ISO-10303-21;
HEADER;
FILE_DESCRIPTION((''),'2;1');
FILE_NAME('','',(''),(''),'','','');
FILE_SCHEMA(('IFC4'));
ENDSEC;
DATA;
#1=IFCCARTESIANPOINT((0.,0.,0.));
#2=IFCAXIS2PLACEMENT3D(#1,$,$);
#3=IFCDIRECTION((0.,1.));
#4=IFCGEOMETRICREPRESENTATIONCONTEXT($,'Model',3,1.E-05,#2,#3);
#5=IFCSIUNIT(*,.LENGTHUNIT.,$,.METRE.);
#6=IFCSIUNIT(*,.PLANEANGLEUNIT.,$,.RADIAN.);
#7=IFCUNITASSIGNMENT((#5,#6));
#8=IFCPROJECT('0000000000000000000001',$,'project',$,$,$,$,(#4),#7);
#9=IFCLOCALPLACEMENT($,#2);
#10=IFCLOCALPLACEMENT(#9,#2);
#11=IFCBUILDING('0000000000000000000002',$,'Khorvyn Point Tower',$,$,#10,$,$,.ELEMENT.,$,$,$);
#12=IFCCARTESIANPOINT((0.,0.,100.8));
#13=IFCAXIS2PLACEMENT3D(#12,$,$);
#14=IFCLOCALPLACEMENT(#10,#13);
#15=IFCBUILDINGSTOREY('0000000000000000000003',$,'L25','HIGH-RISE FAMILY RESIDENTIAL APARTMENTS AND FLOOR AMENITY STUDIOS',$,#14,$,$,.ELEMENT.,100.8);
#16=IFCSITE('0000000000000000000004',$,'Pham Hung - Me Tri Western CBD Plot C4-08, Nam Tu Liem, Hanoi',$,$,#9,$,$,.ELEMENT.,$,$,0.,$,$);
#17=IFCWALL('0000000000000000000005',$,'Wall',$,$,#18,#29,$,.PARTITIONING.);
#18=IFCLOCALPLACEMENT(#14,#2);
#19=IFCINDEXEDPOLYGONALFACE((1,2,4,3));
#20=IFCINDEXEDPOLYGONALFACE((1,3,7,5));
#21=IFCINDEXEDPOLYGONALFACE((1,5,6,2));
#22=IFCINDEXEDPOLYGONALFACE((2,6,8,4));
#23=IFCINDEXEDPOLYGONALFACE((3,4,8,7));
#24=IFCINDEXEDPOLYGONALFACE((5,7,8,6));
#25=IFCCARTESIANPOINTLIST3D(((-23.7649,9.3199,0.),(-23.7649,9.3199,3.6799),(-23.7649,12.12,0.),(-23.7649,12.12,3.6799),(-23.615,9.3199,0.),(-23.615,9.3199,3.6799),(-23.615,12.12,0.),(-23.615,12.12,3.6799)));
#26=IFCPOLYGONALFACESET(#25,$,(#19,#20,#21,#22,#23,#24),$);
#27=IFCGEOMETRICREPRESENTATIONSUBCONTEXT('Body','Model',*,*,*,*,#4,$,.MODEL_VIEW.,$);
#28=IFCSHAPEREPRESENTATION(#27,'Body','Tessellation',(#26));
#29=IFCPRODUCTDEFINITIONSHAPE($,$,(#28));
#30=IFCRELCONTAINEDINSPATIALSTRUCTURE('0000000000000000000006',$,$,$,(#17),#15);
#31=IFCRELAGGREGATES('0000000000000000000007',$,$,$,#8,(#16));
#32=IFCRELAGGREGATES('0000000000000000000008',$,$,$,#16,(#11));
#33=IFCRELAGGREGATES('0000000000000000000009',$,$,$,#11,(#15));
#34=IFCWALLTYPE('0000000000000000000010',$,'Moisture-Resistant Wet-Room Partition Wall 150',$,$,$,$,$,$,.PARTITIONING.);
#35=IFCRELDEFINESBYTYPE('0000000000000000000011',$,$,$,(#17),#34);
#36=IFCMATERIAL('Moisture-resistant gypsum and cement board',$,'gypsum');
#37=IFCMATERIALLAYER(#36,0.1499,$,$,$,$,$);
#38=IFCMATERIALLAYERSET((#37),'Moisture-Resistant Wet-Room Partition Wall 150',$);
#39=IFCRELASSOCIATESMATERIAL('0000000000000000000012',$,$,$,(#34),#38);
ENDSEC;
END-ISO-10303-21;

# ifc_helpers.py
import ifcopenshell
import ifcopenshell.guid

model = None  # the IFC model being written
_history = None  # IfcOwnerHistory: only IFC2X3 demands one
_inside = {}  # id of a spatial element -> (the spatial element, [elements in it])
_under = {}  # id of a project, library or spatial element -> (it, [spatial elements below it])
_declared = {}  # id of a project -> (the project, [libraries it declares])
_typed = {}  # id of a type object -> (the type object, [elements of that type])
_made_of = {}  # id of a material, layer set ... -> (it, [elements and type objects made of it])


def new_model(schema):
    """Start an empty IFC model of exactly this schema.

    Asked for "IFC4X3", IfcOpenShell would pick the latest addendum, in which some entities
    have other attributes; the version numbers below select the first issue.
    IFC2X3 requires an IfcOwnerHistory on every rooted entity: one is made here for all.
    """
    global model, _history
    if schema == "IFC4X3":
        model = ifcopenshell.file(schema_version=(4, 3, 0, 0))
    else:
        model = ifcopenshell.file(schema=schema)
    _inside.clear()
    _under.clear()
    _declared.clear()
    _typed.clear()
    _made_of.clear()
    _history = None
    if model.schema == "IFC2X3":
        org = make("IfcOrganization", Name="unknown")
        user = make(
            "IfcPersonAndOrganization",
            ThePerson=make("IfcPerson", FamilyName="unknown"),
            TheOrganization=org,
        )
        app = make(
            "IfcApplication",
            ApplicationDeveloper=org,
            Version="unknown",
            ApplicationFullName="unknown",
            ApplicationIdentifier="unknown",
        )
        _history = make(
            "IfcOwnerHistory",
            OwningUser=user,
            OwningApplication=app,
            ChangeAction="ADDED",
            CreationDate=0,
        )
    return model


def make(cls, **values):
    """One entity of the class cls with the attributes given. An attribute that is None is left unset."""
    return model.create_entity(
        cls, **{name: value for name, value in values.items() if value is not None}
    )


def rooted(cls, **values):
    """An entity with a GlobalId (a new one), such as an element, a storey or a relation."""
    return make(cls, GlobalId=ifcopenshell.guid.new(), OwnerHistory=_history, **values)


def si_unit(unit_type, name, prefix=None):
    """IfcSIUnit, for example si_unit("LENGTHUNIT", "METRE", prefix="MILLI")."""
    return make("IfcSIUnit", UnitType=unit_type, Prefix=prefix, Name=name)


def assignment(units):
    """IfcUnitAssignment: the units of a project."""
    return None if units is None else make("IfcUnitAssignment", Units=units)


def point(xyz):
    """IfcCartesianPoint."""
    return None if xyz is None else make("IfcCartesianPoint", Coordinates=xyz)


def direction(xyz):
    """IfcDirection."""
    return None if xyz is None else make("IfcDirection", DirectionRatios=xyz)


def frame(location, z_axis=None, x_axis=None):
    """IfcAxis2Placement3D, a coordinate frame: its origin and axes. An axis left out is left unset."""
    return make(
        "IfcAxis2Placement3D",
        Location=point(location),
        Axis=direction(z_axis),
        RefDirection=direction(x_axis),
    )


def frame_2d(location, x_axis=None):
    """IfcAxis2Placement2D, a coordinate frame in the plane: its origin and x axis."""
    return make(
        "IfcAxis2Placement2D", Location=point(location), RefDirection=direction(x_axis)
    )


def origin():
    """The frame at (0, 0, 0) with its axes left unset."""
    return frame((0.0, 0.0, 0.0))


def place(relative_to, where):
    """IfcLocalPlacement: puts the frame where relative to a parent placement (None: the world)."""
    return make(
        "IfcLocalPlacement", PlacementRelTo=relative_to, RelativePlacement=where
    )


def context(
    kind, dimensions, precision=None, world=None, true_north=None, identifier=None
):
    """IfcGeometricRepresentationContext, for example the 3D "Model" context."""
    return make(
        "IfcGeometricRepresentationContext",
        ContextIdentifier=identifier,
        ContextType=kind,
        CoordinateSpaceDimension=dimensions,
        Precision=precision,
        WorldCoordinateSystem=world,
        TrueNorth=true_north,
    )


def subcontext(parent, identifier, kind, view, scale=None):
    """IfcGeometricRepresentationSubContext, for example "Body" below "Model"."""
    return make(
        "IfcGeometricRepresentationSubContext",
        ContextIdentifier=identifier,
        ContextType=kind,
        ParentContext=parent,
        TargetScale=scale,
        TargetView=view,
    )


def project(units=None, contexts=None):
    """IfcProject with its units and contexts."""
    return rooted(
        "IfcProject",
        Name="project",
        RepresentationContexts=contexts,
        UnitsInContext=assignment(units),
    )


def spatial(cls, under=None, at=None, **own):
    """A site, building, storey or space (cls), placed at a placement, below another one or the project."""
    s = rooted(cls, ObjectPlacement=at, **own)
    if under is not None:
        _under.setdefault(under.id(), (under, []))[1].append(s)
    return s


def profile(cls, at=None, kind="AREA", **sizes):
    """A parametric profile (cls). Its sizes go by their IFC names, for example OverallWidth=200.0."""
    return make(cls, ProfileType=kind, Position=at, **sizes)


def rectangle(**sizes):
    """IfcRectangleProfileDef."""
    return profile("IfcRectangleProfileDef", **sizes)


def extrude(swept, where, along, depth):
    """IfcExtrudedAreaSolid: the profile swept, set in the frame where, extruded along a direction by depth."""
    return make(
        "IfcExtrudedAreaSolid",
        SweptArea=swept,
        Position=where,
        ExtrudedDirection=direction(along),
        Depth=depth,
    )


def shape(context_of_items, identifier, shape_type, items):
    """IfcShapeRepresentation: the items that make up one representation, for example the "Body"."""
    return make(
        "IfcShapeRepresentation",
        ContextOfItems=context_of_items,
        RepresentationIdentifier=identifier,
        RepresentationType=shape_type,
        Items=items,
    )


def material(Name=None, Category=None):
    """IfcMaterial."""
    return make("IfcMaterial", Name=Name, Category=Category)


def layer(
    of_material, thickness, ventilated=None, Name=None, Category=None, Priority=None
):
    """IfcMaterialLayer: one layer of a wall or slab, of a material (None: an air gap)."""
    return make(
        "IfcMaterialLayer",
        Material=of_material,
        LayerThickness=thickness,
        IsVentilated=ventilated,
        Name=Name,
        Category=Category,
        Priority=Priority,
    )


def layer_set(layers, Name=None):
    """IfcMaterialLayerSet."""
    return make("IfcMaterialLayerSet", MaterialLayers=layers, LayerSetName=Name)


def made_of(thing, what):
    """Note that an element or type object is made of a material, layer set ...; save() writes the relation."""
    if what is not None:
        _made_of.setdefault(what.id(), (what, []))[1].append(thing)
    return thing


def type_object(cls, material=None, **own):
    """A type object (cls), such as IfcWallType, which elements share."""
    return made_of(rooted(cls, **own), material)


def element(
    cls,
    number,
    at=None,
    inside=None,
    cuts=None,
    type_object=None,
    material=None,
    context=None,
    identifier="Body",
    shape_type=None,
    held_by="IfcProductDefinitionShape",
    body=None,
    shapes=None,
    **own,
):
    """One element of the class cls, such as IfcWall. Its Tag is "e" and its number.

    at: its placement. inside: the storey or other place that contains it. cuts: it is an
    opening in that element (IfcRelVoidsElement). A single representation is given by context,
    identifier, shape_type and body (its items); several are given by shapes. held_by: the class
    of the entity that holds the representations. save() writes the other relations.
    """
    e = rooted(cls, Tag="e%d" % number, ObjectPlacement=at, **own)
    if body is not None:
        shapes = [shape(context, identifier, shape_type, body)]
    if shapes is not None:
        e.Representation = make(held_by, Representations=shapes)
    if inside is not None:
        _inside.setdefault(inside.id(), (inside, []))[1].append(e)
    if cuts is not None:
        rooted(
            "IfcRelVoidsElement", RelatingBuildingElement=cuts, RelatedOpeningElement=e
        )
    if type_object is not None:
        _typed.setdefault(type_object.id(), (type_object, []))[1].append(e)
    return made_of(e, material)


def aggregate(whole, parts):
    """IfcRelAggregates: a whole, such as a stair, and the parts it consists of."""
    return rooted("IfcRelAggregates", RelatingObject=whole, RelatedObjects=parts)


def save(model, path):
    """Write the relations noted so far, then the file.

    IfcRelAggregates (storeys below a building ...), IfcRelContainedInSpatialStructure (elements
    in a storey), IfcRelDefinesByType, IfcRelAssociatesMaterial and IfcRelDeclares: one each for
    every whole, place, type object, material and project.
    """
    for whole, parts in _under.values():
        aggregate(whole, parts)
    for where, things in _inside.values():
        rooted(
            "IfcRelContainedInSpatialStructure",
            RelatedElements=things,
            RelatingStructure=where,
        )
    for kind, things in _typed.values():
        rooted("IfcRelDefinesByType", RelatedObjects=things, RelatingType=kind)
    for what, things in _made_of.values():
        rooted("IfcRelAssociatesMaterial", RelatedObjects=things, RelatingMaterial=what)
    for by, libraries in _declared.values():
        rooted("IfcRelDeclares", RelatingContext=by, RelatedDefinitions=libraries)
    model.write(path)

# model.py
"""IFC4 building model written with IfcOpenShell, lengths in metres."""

from ifc_helpers import new_model, si_unit, direction, frame, frame_2d, origin, place, context, subcontext, project, spatial, rectangle, extrude, material, layer, layer_set, type_object, element, save


model = new_model("IFC4")

# Units and contexts
model_context = context("Model", 3, precision=1e-05, world=origin(), true_north=direction((0.0, 1.0)))
body_context = subcontext(model_context, "Body", "Model", "MODEL_VIEW")
ifc_project = project(units=[si_unit("LENGTHUNIT", "METRE"), si_unit("PLANEANGLEUNIT", "RADIAN")], contexts=[model_context])

# Site, building, storey
site_placement = place(None, origin())
site = spatial("IfcSite", under=ifc_project, at=site_placement, Name="Pham Hung - Me Tri Western CBD Plot C4-08, Nam Tu Liem, Hanoi", CompositionType="ELEMENT", RefElevation=0.0)
building_placement = place(site_placement, origin())
building = spatial("IfcBuilding", under=site, at=building_placement, Name="Khorvyn Point Tower", CompositionType="ELEMENT")
storey_placement = place(building_placement, frame((0.0, 0.0, 100.8)))
storey = spatial("IfcBuildingStorey", under=building, at=storey_placement, Name="L25", Description="HIGH-RISE FAMILY RESIDENTIAL APARTMENTS AND FLOOR AMENITY STUDIOS", CompositionType="ELEMENT", Elevation=100.8)

# Shared definitions
ifc_material_1 = material(Name="Moisture-resistant gypsum and cement board", Category="gypsum")
ifc_layer_1 = layer(ifc_material_1, 0.1499)
ifc_layer_set_1 = layer_set([ifc_layer_1], Name="Moisture-Resistant Wet-Room Partition Wall 150")
wall_type_1 = type_object("IfcWallType", Name="Moisture-Resistant Wet-Room Partition Wall 150", PredefinedType="PARTITIONING", material=ifc_layer_set_1)

# Wall
for number, where, z_axis, x_axis, name in (
    (1, (-23.6899, 9.3201, 0.0), (0.0, 0.0, 1.0), (0.0, 1.0, 0.0), "Wall"),
):
    element("IfcWall", number, at=place(storey_placement, frame(where, z_axis=z_axis, x_axis=x_axis)), inside=storey, type_object=wall_type_1, Name=name, PredefinedType="PARTITIONING", context=body_context, shape_type="SweptSolid", body=[
        extrude(rectangle(XDim=2.8, YDim=0.1499, at=frame_2d((1.3999, 0.0))), origin(), (0.0, 0.0, 1.0), 3.6799),
    ])

save(model, "model.ifc")
